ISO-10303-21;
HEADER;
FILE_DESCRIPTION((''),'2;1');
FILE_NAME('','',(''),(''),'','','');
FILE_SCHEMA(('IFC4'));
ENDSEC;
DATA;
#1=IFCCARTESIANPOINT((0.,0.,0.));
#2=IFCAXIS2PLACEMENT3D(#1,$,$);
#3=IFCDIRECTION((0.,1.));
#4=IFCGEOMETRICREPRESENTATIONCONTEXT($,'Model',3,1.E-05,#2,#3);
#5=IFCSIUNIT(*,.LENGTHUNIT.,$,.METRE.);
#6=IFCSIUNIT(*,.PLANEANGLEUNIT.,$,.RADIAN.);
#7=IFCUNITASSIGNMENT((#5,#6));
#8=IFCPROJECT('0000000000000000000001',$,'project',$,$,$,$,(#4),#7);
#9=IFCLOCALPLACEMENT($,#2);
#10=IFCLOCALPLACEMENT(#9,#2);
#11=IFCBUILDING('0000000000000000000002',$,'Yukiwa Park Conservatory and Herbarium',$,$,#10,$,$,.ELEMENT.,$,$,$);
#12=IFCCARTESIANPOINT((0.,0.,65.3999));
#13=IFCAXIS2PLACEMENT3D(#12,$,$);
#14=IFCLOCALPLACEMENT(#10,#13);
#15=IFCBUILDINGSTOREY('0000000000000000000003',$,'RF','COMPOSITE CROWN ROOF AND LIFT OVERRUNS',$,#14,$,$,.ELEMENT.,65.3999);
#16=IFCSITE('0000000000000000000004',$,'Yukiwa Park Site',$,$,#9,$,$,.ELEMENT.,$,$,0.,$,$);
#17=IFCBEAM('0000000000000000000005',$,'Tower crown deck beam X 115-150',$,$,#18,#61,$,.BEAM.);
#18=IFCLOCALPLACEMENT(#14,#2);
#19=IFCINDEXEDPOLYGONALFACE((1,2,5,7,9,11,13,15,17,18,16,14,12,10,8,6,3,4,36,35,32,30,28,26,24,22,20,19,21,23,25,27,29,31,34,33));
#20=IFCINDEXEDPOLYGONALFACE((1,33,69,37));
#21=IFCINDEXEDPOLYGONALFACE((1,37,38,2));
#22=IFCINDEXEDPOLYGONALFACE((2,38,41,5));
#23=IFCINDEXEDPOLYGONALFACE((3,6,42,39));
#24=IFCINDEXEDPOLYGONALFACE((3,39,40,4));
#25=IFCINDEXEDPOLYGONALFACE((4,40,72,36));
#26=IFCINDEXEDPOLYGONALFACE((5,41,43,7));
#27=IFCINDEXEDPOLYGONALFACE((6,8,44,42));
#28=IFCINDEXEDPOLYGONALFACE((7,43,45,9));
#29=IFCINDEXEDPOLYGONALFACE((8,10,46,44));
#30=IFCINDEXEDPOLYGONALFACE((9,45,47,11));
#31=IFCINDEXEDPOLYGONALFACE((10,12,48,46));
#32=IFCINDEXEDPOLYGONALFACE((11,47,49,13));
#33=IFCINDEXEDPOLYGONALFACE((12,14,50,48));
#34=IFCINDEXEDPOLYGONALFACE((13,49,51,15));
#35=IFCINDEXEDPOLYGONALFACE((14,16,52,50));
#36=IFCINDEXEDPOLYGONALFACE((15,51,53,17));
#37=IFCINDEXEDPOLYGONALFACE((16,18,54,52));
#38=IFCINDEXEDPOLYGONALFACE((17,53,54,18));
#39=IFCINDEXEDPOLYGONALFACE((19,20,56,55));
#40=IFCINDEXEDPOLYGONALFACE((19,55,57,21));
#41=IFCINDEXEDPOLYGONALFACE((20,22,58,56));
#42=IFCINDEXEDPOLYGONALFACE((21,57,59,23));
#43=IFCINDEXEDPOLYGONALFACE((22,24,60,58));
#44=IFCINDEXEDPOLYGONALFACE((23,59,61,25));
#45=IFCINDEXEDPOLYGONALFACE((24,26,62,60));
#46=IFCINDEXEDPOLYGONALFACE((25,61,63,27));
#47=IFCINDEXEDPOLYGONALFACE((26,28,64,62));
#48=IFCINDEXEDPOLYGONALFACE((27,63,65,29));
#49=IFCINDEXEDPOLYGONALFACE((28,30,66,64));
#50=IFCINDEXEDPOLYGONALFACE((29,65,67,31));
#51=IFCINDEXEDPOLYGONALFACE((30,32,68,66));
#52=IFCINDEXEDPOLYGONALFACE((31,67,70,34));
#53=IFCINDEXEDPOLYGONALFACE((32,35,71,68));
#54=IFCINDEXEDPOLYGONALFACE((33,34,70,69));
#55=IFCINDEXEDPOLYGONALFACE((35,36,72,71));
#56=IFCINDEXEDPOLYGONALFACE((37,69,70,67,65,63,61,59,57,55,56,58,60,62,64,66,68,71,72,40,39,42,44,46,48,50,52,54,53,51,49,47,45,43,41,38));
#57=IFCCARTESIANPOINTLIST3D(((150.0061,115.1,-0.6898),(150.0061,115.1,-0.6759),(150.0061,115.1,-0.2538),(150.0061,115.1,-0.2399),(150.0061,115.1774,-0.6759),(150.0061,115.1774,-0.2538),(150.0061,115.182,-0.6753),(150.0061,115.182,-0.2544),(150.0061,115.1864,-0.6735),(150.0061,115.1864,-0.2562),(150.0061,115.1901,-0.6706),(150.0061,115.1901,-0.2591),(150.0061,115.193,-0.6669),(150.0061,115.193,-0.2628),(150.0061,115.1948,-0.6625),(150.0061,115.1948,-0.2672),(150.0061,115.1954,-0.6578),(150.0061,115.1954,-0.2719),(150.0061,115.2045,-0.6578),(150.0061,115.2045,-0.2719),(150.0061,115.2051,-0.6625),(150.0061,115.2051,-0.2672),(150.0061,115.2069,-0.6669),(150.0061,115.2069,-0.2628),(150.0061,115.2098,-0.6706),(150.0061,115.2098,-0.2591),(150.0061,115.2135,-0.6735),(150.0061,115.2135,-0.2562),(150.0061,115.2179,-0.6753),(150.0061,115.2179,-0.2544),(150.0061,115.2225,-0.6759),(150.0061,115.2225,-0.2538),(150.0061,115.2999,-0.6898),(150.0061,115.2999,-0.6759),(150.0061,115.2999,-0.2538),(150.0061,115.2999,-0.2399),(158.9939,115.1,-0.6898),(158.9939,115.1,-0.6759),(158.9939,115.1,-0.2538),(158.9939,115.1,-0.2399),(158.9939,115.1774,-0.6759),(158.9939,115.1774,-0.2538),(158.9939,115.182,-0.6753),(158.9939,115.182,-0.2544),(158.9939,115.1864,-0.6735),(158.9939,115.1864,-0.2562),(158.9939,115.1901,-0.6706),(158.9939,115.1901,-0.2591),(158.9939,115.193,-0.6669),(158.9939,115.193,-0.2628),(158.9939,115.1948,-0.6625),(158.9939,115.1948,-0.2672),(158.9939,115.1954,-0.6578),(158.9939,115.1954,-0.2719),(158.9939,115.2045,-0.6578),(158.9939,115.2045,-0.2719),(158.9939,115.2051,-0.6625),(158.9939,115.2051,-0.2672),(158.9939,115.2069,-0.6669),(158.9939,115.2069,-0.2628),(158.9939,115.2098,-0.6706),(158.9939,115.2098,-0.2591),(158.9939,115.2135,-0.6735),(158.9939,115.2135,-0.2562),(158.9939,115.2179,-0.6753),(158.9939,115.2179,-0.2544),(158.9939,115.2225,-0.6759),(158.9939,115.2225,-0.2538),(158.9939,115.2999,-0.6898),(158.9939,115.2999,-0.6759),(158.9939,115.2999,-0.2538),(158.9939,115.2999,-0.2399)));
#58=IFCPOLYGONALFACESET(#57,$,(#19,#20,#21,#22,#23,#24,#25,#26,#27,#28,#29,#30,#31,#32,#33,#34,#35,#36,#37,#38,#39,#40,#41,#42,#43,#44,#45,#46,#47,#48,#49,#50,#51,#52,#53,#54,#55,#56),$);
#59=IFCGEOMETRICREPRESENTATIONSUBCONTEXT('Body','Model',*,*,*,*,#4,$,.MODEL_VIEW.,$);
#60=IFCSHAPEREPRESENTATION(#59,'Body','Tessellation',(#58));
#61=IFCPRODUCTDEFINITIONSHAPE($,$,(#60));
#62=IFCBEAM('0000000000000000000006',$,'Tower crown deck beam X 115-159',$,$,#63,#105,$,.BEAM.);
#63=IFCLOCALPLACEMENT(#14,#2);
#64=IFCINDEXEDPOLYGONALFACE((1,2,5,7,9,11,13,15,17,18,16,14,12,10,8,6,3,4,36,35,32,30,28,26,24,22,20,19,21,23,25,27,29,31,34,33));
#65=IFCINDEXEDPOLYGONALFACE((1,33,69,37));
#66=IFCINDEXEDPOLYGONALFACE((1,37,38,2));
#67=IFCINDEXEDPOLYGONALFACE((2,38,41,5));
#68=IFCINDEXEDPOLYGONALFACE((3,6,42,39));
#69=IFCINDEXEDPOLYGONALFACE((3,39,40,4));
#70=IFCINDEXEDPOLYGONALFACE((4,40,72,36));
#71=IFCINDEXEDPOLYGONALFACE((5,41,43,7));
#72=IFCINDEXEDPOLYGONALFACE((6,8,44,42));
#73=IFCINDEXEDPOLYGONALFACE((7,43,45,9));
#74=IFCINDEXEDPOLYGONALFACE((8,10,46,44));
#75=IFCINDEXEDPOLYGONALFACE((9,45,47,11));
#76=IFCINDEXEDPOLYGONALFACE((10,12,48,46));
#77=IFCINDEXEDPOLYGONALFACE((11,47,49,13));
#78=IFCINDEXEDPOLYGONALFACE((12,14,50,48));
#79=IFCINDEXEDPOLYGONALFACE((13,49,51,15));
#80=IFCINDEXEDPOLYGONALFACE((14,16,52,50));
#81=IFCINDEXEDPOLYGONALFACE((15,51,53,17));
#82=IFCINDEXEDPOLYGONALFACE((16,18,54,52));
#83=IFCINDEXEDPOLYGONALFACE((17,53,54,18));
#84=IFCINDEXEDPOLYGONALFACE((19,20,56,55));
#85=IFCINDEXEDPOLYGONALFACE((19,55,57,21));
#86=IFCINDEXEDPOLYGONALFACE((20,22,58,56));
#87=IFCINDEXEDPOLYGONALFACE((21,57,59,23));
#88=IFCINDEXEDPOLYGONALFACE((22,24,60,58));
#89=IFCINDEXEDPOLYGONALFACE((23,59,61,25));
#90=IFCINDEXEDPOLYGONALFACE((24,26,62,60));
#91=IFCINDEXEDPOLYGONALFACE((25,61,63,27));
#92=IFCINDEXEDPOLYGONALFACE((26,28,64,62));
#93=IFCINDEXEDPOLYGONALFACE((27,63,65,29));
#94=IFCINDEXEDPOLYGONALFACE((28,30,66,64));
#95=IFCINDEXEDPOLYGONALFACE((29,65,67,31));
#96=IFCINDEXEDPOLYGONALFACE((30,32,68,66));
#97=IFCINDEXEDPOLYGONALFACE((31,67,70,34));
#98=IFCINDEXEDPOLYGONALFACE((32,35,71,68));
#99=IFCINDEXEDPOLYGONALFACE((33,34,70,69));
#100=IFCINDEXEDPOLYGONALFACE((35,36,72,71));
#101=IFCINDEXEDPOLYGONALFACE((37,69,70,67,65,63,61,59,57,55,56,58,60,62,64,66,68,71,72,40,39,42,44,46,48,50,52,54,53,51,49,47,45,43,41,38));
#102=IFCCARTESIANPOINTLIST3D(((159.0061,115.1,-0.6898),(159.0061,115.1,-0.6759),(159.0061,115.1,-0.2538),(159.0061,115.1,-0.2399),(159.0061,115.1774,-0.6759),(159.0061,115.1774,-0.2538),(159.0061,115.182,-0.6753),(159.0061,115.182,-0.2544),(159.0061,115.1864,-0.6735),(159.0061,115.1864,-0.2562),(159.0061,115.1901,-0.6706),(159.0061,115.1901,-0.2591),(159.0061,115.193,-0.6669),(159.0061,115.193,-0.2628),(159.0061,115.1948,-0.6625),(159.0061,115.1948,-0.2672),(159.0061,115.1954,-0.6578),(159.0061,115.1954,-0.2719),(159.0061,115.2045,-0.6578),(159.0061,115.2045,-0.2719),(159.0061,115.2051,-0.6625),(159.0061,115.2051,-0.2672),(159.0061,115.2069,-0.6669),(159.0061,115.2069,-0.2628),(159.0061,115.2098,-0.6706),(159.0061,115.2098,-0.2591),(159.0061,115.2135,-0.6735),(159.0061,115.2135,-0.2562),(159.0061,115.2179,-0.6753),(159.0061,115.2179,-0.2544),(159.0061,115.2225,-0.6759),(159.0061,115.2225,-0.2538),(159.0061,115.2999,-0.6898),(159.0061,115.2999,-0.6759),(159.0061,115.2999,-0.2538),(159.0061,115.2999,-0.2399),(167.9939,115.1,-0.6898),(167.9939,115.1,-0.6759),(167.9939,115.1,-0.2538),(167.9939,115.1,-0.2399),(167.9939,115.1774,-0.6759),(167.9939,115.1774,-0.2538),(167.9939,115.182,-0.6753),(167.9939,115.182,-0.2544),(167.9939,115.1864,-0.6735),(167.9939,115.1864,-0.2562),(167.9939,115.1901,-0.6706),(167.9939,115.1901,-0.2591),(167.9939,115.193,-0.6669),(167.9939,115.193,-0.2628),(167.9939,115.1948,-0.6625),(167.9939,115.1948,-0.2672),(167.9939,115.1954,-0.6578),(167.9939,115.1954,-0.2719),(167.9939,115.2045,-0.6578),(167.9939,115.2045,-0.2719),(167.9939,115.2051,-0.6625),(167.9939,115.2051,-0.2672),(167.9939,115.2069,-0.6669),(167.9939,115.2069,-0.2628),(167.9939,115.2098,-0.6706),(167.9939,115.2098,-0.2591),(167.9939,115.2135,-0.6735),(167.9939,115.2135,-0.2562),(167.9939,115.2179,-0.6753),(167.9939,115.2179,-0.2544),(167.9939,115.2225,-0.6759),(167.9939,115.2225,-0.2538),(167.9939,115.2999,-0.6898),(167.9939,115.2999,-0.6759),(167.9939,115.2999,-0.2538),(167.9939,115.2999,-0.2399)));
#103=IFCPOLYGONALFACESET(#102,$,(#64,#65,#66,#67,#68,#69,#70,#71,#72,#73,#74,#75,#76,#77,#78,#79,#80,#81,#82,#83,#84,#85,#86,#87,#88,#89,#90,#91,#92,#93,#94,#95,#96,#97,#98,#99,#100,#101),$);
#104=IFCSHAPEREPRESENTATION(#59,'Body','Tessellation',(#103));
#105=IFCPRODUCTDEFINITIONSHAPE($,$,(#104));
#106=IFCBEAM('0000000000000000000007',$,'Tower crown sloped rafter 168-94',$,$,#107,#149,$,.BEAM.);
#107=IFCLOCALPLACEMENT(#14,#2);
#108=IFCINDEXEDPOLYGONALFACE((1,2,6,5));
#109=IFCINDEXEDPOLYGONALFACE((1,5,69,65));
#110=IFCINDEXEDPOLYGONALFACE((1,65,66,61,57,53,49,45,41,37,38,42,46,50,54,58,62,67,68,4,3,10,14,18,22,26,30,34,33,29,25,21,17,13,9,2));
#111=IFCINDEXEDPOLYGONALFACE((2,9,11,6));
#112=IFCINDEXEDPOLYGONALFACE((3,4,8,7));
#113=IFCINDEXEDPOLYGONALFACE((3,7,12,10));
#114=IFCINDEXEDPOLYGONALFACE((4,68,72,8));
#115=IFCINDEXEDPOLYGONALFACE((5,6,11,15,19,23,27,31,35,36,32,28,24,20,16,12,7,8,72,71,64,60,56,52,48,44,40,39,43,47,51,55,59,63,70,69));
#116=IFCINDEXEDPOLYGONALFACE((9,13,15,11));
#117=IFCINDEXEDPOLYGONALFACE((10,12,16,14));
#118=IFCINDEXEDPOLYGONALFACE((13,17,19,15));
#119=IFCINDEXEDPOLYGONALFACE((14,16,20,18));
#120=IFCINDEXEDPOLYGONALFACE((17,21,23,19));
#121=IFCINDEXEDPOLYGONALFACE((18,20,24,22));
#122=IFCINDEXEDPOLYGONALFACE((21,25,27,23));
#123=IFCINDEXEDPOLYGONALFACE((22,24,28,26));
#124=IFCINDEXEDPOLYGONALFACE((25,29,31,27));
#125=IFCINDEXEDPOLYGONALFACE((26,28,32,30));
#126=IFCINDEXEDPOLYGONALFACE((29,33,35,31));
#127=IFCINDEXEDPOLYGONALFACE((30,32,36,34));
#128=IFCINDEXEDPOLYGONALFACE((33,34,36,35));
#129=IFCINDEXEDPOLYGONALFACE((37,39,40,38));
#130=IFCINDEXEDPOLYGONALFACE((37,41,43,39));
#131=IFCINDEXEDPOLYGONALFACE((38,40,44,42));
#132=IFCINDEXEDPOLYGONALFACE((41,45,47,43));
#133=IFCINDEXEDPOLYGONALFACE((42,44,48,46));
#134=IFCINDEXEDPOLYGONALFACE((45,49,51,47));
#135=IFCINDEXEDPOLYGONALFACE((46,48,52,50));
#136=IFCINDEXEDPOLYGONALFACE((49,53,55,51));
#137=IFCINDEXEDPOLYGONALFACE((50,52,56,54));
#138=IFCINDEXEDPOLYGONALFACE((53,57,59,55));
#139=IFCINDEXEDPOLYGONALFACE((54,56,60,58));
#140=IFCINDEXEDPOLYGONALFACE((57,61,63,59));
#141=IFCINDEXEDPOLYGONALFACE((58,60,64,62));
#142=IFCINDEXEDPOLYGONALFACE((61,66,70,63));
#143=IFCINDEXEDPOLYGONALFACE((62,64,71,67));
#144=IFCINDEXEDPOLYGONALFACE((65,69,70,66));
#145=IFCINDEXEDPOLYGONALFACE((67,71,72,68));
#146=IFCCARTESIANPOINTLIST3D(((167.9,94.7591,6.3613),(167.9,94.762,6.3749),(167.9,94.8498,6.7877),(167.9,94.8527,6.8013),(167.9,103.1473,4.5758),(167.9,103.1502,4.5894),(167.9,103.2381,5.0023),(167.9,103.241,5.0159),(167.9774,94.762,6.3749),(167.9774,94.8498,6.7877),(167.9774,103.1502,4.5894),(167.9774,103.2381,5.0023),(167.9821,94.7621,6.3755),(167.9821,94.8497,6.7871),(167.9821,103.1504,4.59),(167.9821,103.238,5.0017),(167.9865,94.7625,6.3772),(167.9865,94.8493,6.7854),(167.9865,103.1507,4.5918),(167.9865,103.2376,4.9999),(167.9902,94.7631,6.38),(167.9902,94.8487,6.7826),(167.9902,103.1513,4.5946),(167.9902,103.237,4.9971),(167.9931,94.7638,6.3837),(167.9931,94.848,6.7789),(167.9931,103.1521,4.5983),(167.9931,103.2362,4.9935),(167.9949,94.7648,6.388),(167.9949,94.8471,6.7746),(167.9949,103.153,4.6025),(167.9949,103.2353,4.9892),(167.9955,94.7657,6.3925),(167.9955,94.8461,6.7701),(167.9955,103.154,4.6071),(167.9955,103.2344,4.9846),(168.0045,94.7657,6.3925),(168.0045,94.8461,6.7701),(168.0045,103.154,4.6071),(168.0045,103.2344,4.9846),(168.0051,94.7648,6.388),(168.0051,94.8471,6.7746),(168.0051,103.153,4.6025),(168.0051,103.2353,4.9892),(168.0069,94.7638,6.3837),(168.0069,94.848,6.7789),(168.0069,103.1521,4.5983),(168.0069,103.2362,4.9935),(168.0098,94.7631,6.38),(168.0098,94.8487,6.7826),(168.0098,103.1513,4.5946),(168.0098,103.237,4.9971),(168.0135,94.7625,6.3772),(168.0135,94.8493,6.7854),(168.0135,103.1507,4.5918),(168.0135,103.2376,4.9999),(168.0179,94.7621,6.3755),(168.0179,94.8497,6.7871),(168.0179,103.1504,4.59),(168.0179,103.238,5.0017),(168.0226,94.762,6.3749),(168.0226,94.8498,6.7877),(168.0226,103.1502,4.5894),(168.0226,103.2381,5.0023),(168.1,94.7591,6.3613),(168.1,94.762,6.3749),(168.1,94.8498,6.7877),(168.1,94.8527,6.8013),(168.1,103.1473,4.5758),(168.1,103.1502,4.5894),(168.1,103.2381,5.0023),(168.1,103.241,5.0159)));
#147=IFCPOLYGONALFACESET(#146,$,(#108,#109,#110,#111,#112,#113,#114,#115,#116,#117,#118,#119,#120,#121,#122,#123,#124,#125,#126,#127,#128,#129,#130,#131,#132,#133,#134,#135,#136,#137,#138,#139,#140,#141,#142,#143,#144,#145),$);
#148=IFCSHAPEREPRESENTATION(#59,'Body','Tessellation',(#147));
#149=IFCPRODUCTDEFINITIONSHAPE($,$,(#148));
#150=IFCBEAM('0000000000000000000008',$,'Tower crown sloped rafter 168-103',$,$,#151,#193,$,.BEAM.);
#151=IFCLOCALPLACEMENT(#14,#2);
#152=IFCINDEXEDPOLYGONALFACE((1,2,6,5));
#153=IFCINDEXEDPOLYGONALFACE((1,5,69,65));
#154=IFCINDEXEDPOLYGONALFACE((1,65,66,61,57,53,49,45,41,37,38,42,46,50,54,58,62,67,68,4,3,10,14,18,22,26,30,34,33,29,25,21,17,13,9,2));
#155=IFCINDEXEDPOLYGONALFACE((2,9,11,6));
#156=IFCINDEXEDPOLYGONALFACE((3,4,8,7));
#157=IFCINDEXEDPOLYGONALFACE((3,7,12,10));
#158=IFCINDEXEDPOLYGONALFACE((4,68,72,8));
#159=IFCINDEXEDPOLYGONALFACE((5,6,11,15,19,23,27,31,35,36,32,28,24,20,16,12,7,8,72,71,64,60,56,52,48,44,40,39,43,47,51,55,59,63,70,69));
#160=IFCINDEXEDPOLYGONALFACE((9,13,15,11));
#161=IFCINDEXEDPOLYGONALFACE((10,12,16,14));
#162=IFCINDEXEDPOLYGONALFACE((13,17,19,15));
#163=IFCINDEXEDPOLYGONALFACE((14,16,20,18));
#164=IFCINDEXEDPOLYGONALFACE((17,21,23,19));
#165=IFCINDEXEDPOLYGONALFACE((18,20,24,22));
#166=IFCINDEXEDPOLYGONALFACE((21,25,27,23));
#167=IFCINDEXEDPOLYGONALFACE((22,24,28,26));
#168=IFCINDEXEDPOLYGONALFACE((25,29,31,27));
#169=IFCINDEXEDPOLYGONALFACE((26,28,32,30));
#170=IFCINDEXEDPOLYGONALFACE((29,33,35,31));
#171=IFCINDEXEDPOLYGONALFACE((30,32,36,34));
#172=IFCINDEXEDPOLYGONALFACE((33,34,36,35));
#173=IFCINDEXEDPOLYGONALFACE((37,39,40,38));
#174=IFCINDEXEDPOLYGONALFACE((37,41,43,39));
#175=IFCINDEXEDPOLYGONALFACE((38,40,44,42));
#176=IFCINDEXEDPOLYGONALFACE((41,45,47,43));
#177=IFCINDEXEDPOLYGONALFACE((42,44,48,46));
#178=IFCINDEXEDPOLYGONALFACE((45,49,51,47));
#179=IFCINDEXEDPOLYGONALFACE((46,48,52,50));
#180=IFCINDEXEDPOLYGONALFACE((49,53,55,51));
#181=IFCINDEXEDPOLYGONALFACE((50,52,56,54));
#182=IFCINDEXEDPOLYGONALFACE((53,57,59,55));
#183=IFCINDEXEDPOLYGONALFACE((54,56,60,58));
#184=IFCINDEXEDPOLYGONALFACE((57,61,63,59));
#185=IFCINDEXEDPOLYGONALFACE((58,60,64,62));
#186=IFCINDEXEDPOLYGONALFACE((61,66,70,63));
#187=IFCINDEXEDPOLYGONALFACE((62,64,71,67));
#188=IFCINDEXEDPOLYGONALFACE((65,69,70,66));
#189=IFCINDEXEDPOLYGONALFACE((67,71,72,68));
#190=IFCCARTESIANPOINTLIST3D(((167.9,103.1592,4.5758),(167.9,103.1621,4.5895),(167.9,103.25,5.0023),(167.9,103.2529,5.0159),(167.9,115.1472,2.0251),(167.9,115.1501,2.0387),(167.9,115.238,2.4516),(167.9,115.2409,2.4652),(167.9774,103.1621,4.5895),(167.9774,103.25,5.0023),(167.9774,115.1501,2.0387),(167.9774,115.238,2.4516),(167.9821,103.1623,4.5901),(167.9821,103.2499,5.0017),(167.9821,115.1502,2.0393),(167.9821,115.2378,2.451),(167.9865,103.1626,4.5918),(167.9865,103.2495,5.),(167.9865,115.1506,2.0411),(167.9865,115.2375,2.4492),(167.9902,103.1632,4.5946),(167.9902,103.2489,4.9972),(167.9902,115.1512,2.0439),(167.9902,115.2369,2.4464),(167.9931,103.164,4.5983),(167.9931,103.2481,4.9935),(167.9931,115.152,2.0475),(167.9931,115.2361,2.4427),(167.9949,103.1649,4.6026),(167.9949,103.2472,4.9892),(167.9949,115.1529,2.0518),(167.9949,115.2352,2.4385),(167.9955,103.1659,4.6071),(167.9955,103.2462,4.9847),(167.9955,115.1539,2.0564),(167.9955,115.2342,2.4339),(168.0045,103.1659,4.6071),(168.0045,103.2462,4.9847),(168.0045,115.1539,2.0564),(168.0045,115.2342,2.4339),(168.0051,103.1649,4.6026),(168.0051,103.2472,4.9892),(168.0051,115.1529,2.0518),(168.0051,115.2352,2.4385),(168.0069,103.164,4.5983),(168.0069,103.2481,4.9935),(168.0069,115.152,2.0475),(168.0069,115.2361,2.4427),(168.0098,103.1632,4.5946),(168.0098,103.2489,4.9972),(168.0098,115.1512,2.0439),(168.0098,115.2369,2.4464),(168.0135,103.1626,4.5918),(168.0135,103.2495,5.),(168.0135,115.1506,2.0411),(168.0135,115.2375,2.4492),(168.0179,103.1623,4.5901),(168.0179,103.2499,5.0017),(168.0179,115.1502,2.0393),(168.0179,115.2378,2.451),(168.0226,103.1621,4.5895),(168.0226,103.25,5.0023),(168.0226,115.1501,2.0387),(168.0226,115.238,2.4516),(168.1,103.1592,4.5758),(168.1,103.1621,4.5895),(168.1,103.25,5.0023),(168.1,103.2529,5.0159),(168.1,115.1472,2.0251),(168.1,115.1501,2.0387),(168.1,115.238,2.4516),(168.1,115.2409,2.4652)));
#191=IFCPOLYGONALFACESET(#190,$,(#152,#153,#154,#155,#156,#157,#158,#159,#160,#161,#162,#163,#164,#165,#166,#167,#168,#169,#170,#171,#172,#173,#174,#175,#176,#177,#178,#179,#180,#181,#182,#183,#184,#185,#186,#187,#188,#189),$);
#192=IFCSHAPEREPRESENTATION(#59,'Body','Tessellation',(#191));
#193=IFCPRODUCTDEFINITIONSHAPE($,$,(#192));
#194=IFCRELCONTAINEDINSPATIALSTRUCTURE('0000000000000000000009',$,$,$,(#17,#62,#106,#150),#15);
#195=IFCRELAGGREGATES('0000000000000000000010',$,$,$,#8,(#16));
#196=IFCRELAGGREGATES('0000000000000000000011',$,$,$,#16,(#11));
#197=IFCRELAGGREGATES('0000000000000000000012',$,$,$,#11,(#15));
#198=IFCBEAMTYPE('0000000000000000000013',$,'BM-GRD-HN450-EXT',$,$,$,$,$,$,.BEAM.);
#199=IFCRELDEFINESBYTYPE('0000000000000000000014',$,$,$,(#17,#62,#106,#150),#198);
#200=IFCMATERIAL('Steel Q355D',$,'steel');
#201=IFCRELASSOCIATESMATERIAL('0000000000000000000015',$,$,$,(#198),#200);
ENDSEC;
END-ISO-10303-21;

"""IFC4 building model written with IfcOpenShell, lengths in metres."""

from ifc_helpers import new_model, si_unit, direction, frame, origin, origin_2d, place, context, subcontext, project, spatial, i_section, extrude, material, material_profile, profile_set, type_object, element, save


model = new_model("IFC4")

# Units and contexts
model_context = context("Model", 3, precision=1e-05, world=origin(), true_north=direction((0.0, 1.0)))
body_context = subcontext(model_context, "Body", "Model", "MODEL_VIEW")
ifc_project = project(units=[si_unit("LENGTHUNIT", "METRE"), si_unit("PLANEANGLEUNIT", "RADIAN")], contexts=[model_context])

# Site, building, storey
site_placement = place(None, origin())
site = spatial("IfcSite", under=ifc_project, at=site_placement, Name="Yukiwa Park Site", CompositionType="ELEMENT", RefElevation=0.0)
building_placement = place(site_placement, origin())
building = spatial("IfcBuilding", under=site, at=building_placement, Name="Yukiwa Park Conservatory and Herbarium", CompositionType="ELEMENT")
storey_placement = place(building_placement, frame((0.0, 0.0, 65.3999)))
storey = spatial("IfcBuildingStorey", under=building, at=storey_placement, Name="RF", Description="COMPOSITE CROWN ROOF AND LIFT OVERRUNS", CompositionType="ELEMENT", Elevation=65.3999)

# Beams
ifc_material_1 = material(Name="Steel Q355D", Category="steel")
ifc_material_profile_1 = material_profile(ifc_material_1, i_section(OverallWidth=0.2, OverallDepth=0.45, WebThickness=0.009, FlangeThickness=0.0139, FilletRadius=0.0181, at=origin_2d()), Name="HN 450x200x9x14")
ifc_profile_set_1 = profile_set([ifc_material_profile_1], Name="Steel Q355D")
beam_type_1 = type_object("IfcBeamType", Name="BM-GRD-HN450-EXT", PredefinedType="BEAM", material=ifc_profile_set_1)
for number, where, z_axis, x_axis, name in (
    (1, (150.0061, 115.2, -0.4648), (1.0, 0.0, 0.0), (0.0, 1.0, 0.0), "Tower crown deck beam X 115-150"),
    (2, (159.0061, 115.2, -0.4648), (1.0, 0.0, 0.0), (0.0, 1.0, 0.0), "Tower crown deck beam X 115-159"),
):
    element("IfcBeam", number, at=place(storey_placement, frame(where, z_axis=z_axis, x_axis=x_axis)), inside=storey, type_object=beam_type_1, Name=name, PredefinedType="BEAM", context=body_context, shape_type="SweptSolid", body=[
        extrude(i_section(OverallWidth=0.2, OverallDepth=0.45, WebThickness=0.009, FlangeThickness=0.0139, FilletRadius=0.0181, at=origin_2d()), origin(), (0.0, 0.0, 1.0), 8.9878),
    ])
beam_1_placement = place(storey_placement, frame((168.0, 94.8059, 6.5813), z_axis=(0.0, 0.97809, -0.208184), x_axis=(-1.0, 0.0, 0.0)))
element("IfcBeam", 3, at=beam_1_placement, inside=storey, type_object=beam_type_1, Name="Tower crown sloped rafter 168-94", PredefinedType="BEAM", context=body_context, shape_type="SweptSolid", body=[
    extrude(i_section(OverallWidth=0.2, OverallDepth=0.45, WebThickness=0.009, FlangeThickness=0.0139, FilletRadius=0.0181, at=origin_2d()), origin(), (0.0, 0.0, 1.0), 8.5762),
])
beam_2_placement = place(storey_placement, frame((168.0, 103.2061, 4.7959), z_axis=(0.0, 0.978104, -0.208118), x_axis=(-1.0, 0.0, 0.0)))
element("IfcBeam", 4, at=beam_2_placement, inside=storey, type_object=beam_type_1, Name="Tower crown sloped rafter 168-103", PredefinedType="BEAM", context=body_context, shape_type="SweptSolid", body=[
    extrude(i_section(OverallWidth=0.2, OverallDepth=0.45, WebThickness=0.009, FlangeThickness=0.0139, FilletRadius=0.0181, at=origin_2d()), origin(), (0.0, 0.0, 1.0), 12.2563),
])

save(model, "model.ifc")
